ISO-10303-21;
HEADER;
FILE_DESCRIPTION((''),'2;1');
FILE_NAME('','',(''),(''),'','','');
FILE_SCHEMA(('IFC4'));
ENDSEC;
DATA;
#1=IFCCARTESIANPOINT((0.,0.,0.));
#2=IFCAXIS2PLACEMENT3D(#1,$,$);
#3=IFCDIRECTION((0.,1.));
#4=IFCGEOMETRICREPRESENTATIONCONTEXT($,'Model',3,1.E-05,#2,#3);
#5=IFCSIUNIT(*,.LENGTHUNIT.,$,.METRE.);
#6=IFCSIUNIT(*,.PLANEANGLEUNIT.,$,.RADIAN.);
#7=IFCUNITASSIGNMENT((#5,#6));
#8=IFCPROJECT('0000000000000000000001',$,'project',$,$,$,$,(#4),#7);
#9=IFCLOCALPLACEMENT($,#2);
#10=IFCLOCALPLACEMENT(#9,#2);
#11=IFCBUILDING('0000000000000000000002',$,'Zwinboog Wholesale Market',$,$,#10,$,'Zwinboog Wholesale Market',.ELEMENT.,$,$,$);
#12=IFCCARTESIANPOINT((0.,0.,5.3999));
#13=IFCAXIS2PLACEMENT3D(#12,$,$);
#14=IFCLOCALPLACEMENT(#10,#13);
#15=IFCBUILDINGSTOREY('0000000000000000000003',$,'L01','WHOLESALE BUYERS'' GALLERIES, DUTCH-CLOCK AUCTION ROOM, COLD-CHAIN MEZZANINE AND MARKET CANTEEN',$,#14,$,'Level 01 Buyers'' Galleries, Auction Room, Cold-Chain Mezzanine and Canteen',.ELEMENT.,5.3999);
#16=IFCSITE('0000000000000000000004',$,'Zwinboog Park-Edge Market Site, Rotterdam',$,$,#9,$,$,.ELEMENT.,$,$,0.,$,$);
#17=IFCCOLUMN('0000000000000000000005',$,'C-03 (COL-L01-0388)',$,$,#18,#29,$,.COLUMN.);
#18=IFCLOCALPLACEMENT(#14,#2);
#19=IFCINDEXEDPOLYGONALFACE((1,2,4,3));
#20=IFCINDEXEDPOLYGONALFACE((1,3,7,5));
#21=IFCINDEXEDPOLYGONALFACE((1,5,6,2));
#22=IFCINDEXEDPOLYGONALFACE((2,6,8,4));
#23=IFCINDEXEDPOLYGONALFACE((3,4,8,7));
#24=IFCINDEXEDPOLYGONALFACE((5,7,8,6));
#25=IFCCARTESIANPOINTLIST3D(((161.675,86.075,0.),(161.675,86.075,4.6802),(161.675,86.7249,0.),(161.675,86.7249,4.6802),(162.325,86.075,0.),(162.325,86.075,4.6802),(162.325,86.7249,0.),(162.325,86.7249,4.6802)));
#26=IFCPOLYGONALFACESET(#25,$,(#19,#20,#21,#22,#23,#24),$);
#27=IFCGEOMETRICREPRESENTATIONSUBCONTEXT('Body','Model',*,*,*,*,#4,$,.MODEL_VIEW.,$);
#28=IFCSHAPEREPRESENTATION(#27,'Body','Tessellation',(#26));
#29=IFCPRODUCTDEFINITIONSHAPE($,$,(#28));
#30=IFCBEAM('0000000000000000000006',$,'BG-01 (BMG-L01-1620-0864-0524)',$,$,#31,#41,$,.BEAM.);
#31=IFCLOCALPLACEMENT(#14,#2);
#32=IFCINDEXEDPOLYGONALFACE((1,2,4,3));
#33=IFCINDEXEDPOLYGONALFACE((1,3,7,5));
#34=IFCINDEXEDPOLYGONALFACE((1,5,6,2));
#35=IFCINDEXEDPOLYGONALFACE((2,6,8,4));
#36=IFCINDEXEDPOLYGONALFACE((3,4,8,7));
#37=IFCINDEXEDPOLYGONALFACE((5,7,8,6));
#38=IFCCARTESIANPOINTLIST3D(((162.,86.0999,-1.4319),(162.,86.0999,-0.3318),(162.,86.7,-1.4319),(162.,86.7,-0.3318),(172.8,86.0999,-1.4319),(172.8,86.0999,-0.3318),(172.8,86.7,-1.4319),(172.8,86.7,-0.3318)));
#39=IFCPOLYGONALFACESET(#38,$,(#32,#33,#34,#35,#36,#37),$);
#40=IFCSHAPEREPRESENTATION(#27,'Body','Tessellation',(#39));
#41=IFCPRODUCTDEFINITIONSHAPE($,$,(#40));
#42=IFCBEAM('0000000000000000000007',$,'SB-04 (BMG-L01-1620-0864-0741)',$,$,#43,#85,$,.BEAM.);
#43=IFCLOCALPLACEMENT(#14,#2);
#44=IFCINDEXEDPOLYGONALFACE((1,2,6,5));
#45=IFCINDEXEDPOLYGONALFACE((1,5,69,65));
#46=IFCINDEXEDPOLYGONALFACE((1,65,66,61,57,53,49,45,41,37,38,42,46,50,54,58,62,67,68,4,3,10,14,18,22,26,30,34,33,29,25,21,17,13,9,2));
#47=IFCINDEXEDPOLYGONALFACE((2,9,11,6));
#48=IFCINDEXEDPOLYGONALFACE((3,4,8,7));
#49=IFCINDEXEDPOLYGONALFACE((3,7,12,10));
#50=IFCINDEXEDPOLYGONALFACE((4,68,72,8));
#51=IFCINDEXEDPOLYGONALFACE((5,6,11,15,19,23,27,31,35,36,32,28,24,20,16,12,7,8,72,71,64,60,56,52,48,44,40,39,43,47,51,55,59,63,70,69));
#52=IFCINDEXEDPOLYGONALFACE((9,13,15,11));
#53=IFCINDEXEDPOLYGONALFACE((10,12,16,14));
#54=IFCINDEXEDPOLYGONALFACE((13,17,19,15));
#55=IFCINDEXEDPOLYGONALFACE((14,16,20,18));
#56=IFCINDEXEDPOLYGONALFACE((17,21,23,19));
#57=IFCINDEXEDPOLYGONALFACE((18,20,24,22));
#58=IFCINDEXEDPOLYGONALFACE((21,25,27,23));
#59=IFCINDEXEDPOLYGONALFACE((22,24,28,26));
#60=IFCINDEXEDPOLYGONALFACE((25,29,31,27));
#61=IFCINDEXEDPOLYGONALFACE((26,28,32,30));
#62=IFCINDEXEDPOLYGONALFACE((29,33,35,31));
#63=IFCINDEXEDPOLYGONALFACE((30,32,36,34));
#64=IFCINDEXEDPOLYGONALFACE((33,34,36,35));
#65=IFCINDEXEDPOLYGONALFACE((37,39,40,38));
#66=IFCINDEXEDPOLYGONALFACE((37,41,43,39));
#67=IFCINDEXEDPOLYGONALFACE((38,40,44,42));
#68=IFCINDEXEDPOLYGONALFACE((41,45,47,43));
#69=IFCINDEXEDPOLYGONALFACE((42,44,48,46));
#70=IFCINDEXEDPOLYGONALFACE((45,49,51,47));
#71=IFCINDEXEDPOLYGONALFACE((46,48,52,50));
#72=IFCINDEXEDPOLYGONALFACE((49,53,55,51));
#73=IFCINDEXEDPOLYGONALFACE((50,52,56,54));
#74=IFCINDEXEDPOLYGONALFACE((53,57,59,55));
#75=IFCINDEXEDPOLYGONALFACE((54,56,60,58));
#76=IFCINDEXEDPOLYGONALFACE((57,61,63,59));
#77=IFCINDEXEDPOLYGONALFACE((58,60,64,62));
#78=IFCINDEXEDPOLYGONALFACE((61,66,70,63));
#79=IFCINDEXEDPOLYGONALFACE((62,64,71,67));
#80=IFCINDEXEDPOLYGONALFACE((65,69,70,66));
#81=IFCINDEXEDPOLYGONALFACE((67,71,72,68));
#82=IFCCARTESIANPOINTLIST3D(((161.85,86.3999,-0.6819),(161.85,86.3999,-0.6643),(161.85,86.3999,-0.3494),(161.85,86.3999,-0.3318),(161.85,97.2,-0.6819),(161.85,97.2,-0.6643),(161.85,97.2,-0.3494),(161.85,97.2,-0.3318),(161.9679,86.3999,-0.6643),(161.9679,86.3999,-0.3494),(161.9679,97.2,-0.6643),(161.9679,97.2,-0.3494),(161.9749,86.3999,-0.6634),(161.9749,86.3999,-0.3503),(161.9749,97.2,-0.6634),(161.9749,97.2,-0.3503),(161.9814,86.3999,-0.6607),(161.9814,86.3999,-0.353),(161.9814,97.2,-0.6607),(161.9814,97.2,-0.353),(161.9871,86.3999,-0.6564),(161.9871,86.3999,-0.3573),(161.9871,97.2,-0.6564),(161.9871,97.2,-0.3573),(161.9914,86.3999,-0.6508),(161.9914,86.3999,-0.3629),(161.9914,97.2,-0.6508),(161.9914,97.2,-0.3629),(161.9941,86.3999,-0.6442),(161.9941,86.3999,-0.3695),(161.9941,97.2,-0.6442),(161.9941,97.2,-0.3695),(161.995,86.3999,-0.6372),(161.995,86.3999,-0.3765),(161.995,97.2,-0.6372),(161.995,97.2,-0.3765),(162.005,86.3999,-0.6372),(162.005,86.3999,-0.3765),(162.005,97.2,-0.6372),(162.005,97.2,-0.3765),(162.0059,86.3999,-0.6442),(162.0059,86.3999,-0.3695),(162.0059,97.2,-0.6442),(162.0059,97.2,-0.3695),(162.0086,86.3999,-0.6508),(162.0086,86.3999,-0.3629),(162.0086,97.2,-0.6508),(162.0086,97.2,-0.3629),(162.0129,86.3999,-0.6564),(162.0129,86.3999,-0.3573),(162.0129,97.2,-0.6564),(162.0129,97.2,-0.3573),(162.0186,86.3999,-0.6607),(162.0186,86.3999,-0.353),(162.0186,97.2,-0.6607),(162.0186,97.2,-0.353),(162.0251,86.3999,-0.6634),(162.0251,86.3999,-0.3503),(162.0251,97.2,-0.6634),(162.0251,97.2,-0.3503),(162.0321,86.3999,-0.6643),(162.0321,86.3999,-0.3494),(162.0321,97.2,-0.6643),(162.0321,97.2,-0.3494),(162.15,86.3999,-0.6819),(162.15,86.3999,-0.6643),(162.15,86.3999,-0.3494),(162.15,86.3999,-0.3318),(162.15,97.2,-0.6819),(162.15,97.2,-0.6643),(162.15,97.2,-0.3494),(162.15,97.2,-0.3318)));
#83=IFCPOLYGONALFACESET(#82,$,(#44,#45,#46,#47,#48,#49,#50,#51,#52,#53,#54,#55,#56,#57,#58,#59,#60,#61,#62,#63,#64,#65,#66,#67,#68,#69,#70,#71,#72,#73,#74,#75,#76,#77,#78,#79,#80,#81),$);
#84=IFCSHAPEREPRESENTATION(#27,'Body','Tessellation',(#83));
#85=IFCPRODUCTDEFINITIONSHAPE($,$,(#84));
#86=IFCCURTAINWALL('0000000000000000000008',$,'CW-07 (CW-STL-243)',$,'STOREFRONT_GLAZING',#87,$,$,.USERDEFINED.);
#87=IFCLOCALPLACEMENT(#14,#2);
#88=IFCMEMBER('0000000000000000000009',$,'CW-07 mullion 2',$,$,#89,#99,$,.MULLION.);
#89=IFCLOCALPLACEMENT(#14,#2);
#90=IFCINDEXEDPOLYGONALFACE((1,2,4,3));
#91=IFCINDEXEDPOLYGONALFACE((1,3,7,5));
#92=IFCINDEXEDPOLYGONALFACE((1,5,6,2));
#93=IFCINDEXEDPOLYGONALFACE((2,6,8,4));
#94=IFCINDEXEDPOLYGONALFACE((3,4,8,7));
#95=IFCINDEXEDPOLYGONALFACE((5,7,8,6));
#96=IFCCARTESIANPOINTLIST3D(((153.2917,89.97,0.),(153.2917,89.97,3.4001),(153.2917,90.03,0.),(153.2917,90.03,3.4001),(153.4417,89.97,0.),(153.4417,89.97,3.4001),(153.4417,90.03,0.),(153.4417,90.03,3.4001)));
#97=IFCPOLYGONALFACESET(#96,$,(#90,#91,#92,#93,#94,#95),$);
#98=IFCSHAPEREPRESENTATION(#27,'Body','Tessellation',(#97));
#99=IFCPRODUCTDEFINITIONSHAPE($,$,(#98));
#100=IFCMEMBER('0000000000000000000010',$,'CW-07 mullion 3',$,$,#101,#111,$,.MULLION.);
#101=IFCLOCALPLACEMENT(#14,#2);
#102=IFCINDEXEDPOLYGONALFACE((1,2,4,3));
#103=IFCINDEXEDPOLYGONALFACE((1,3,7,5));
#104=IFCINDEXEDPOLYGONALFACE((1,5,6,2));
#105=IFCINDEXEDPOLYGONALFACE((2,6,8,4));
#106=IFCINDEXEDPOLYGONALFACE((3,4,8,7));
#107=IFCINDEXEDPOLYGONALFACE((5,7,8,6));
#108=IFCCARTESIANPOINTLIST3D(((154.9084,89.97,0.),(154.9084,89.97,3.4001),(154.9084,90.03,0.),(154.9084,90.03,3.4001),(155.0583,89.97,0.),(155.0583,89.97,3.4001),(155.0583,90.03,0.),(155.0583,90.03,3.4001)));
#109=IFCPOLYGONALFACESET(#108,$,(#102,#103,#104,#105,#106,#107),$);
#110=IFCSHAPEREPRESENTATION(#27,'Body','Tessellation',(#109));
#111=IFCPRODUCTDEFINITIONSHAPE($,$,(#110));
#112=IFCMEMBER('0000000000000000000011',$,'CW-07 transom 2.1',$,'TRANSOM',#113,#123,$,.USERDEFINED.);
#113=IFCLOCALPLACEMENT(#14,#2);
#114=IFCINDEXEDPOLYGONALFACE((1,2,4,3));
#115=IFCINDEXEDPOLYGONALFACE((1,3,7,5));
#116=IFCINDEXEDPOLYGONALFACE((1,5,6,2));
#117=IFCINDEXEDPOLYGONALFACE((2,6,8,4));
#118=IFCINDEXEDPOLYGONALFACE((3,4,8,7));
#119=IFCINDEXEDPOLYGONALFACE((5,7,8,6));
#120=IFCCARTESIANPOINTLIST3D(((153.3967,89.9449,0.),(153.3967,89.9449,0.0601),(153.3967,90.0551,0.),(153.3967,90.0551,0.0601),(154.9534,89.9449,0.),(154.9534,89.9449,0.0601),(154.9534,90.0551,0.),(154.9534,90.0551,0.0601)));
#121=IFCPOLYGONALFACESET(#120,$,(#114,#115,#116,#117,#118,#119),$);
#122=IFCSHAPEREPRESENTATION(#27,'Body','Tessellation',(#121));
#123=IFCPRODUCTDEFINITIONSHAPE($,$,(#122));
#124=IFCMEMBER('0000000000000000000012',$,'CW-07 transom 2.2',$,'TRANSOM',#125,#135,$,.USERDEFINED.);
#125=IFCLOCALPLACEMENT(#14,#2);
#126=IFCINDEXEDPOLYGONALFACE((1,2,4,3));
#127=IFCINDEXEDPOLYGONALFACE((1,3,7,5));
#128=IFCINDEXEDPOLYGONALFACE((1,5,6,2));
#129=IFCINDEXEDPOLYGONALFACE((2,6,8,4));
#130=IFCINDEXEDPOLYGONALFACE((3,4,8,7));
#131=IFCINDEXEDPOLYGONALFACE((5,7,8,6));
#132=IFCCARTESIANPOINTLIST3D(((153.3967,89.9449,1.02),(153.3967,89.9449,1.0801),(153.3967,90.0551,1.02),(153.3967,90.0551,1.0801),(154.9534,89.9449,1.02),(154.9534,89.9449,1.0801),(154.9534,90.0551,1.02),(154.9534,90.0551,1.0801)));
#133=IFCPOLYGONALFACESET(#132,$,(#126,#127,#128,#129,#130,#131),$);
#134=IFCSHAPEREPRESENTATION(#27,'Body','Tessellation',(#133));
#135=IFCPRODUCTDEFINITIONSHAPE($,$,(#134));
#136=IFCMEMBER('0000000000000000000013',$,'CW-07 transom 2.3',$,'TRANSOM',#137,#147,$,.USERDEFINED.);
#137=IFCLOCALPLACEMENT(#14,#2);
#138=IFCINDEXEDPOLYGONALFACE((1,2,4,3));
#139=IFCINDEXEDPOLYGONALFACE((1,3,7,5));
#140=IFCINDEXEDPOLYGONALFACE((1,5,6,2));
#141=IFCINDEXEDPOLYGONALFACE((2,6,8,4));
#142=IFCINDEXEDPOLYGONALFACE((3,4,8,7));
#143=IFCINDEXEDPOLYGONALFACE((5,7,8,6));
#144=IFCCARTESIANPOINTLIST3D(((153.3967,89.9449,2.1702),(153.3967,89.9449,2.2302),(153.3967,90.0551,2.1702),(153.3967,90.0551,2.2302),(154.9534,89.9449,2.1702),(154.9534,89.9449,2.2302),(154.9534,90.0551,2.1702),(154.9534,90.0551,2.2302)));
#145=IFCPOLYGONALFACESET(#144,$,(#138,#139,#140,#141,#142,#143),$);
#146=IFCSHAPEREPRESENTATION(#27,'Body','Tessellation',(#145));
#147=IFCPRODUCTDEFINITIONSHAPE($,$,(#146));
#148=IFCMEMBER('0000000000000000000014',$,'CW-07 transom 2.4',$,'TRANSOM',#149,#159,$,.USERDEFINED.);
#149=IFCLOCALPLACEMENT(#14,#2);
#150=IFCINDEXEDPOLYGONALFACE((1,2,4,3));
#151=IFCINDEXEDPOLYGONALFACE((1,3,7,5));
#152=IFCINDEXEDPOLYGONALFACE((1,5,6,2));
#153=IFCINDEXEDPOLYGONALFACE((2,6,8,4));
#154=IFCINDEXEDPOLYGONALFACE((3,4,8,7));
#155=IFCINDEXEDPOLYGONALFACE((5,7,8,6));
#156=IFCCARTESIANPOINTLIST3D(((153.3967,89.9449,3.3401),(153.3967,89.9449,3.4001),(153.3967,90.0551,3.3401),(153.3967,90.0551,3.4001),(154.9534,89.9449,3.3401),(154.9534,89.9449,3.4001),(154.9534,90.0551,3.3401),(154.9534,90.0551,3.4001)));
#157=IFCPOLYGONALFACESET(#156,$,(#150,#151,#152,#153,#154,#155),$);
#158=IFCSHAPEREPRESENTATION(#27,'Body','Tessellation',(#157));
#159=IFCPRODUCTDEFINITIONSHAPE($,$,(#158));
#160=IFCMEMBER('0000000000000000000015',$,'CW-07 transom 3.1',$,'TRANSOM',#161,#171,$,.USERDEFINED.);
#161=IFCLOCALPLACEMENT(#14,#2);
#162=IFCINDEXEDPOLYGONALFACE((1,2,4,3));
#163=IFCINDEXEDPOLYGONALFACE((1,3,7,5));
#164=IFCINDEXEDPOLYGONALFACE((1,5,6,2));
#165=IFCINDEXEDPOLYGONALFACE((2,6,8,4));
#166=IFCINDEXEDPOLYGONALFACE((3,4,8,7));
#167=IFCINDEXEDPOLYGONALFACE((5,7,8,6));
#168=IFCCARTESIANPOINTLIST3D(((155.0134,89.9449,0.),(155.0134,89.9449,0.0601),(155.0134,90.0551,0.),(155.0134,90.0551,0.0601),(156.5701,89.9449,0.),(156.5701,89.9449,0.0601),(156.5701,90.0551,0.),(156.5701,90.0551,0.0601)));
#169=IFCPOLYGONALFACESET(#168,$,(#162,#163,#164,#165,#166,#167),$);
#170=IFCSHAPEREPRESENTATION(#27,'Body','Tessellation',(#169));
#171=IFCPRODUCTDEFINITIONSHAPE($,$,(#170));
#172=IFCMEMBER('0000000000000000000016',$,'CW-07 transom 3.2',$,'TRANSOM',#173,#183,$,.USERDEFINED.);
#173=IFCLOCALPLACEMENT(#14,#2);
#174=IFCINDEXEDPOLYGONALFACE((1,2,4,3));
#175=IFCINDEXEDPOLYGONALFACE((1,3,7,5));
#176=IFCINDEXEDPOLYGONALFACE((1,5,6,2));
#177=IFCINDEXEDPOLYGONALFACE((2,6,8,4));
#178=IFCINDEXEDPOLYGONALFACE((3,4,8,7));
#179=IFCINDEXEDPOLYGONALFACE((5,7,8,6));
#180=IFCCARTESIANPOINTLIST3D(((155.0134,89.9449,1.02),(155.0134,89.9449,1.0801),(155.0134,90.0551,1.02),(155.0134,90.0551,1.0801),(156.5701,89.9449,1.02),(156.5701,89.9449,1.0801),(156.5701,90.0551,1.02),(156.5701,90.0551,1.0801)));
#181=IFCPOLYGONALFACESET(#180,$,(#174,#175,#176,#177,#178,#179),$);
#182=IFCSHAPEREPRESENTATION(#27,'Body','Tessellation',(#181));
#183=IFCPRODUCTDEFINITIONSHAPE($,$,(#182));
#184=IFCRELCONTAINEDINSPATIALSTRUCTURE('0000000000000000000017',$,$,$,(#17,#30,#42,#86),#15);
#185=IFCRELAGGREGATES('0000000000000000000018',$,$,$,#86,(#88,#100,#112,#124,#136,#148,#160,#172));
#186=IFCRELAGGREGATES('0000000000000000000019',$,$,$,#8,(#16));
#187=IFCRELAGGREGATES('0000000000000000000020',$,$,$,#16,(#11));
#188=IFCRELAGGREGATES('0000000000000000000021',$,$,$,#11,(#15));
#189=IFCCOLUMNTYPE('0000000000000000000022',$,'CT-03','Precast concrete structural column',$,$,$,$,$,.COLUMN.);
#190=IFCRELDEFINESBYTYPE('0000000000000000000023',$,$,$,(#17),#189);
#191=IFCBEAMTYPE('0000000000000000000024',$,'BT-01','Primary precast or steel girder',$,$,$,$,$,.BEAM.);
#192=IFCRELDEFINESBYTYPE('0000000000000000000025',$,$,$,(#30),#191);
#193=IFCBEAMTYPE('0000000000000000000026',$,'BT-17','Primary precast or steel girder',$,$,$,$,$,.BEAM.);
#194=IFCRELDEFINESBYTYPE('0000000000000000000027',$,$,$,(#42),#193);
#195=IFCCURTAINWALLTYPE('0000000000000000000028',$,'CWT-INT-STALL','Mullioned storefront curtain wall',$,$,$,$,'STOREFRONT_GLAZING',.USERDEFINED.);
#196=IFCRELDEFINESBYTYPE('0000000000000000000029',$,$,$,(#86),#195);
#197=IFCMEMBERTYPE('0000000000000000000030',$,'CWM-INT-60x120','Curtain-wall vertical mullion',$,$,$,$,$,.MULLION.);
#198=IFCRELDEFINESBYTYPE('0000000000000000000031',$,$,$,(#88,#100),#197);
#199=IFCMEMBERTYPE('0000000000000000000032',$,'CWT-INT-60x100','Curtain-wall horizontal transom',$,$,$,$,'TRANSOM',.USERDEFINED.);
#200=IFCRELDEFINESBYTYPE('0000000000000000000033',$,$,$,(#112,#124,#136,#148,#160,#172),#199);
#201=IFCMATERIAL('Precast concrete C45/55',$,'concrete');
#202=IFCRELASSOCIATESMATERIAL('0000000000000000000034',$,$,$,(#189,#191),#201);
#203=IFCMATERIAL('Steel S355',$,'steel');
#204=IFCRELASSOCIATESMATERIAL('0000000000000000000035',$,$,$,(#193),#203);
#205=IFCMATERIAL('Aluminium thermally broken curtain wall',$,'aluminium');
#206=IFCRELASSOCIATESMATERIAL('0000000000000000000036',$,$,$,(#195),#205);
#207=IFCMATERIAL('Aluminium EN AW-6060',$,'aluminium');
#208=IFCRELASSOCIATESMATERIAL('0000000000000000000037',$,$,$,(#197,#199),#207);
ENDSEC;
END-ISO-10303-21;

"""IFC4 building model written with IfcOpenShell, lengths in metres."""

from ifc_helpers import new_model, si_unit, direction, frame, origin, origin_2d, place, context, subcontext, project, spatial, rectangle, i_section, extrude, material, material_profile, profile_set, type_object, element, aggregate, save


model = new_model("IFC4")

# Units and contexts
model_context = context("Model", 3, precision=1e-05, world=origin(), true_north=direction((0.0, 1.0)))
body_context = subcontext(model_context, "Body", "Model", "MODEL_VIEW")
ifc_project = project(units=[si_unit("LENGTHUNIT", "METRE"), si_unit("PLANEANGLEUNIT", "RADIAN")], contexts=[model_context])

# Site, building, storey
site_placement = place(None, origin())
site = spatial("IfcSite", under=ifc_project, at=site_placement, Name="Zwinboog Park-Edge Market Site, Rotterdam", CompositionType="ELEMENT", RefElevation=0.0)
building_placement = place(site_placement, origin())
building = spatial("IfcBuilding", under=site, at=building_placement, Name="Zwinboog Wholesale Market", LongName="Zwinboog Wholesale Market", CompositionType="ELEMENT")
storey_placement = place(building_placement, frame((0.0, 0.0, 5.3999)))
storey = spatial("IfcBuildingStorey", under=building, at=storey_placement, Name="L01", Description="WHOLESALE BUYERS' GALLERIES, DUTCH-CLOCK AUCTION ROOM, COLD-CHAIN MEZZANINE AND MARKET CANTEEN", LongName="Level 01 Buyers' Galleries, Auction Room, Cold-Chain Mezzanine and Canteen", CompositionType="ELEMENT", Elevation=5.3999)

# Column
ifc_material_1 = material(Name="Precast concrete C45/55", Category="concrete")
ifc_material_profile_1 = material_profile(ifc_material_1, rectangle(XDim=0.6499, YDim=0.6499, at=origin_2d()), Name="PC 650x650")
ifc_profile_set_1 = profile_set([ifc_material_profile_1], Name="Precast concrete C45/55")
column_type = type_object("IfcColumnType", Name="CT-03", Description="Precast concrete structural column", PredefinedType="COLUMN", material=ifc_profile_set_1)
column_placement = place(storey_placement, frame((162.0, 86.3999, 0.0), z_axis=(0.0, 0.0, 1.0), x_axis=(1.0, 0.0, 0.0)))
element("IfcColumn", 1, at=column_placement, inside=storey, type_object=column_type, Name="C-03 (COL-L01-0388)", PredefinedType="COLUMN", context=body_context, shape_type="SweptSolid", body=[
    extrude(rectangle(XDim=0.6499, YDim=0.6499, at=origin_2d()), origin(), (0.0, 0.0, 1.0), 4.6802),
])

# Beams
ifc_material_profile_2 = material_profile(ifc_material_1, rectangle(XDim=0.6001, YDim=1.1001, at=origin_2d()), Name="PC 600x1100")
ifc_profile_set_2 = profile_set([ifc_material_profile_2], Name="Precast concrete C45/55")
beam_type_1 = type_object("IfcBeamType", Name="BT-01", Description="Primary precast or steel girder", PredefinedType="BEAM", material=ifc_profile_set_2)
beam_1_placement = place(storey_placement, frame((162.0, 86.3999, -0.8818), z_axis=(1.0, 0.0, 0.0), x_axis=(0.0, 1.0, 0.0)))
element("IfcBeam", 2, at=beam_1_placement, inside=storey, type_object=beam_type_1, Name="BG-01 (BMG-L01-1620-0864-0524)", PredefinedType="BEAM", context=body_context, shape_type="SweptSolid", body=[
    extrude(rectangle(XDim=0.6001, YDim=1.1001, at=origin_2d()), origin(), (0.0, 0.0, 1.0), 10.8),
])
ifc_material_2 = material(Name="Steel S355", Category="steel")
ifc_material_profile_3 = material_profile(ifc_material_2, i_section(OverallWidth=0.3, OverallDepth=0.3501, WebThickness=0.01, FlangeThickness=0.0176, FilletRadius=0.0271, at=origin_2d()), Name="HEA 360")
ifc_profile_set_3 = profile_set([ifc_material_profile_3], Name="Steel S355")
beam_type_2 = type_object("IfcBeamType", Name="BT-17", Description="Primary precast or steel girder", PredefinedType="BEAM", material=ifc_profile_set_3)
beam_2_placement = place(storey_placement, frame((162.0, 86.3999, -0.5068), z_axis=(0.0, 1.0, 0.0), x_axis=(-1.0, 0.0, 0.0)))
element("IfcBeam", 3, at=beam_2_placement, inside=storey, type_object=beam_type_2, Name="SB-04 (BMG-L01-1620-0864-0741)", PredefinedType="BEAM", context=body_context, shape_type="SweptSolid", body=[
    extrude(i_section(OverallWidth=0.3, OverallDepth=0.3501, WebThickness=0.01, FlangeThickness=0.0176, FilletRadius=0.0271, at=origin_2d()), origin(), (0.0, 0.0, 1.0), 10.8),
])

# Curtain wall, members
ifc_material_3 = material(Name="Aluminium thermally broken curtain wall", Category="aluminium")
curtain_wall_type = type_object("IfcCurtainWallType", Name="CWT-INT-STALL", Description="Mullioned storefront curtain wall", ElementType="STOREFRONT_GLAZING", PredefinedType="USERDEFINED", material=ifc_material_3)
curtain_wall_placement = place(storey_placement, origin())
curtain_wall = element("IfcCurtainWall", 4, at=curtain_wall_placement, inside=storey, type_object=curtain_wall_type, Name="CW-07 (CW-STL-243)", ObjectType="STOREFRONT_GLAZING", PredefinedType="USERDEFINED")
ifc_material_4 = material(Name="Aluminium EN AW-6060", Category="aluminium")
ifc_material_profile_4 = material_profile(ifc_material_4, rectangle(XDim=0.0601, YDim=0.1499, at=origin_2d()), Name="AL 60x150")
ifc_profile_set_4 = profile_set([ifc_material_profile_4], Name="Aluminium EN AW-6060")
member_type_1 = type_object("IfcMemberType", Name="CWM-INT-60x120", Description="Curtain-wall vertical mullion", PredefinedType="MULLION", material=ifc_profile_set_4)
member_1_placement = place(storey_placement, frame((153.3667, 90.0, 0.0), z_axis=(0.0, 0.0, 1.0), x_axis=(0.0, 1.0, 0.0)))
member_1 = element("IfcMember", 5, at=member_1_placement, type_object=member_type_1, Name="CW-07 mullion 2", PredefinedType="MULLION", context=body_context, shape_type="SweptSolid", body=[
    extrude(rectangle(XDim=0.0601, YDim=0.1499, at=origin_2d()), origin(), (0.0, 0.0, 1.0), 3.4001),
])
member_2_placement = place(storey_placement, frame((154.9834, 90.0, 0.0), z_axis=(0.0, 0.0, 1.0), x_axis=(0.0, 1.0, 0.0)))
member_2 = element("IfcMember", 6, at=member_2_placement, type_object=member_type_1, Name="CW-07 mullion 3", PredefinedType="MULLION", context=body_context, shape_type="SweptSolid", body=[
    extrude(rectangle(XDim=0.0601, YDim=0.1499, at=origin_2d()), origin(), (0.0, 0.0, 1.0), 3.4001),
])
ifc_material_profile_5 = material_profile(ifc_material_4, rectangle(XDim=0.1101, YDim=0.0601, at=origin_2d()), Name="AL 60x110")
ifc_profile_set_5 = profile_set([ifc_material_profile_5], Name="Aluminium EN AW-6060")
member_type_2 = type_object("IfcMemberType", Name="CWT-INT-60x100", Description="Curtain-wall horizontal transom", ElementType="TRANSOM", PredefinedType="USERDEFINED", material=ifc_profile_set_5)
member_3_placement = place(storey_placement, frame((153.3967, 90.0, 0.03), z_axis=(1.0, 0.0, 0.0), x_axis=(0.0, 1.0, 0.0)))
member_3 = element("IfcMember", 7, at=member_3_placement, type_object=member_type_2, Name="CW-07 transom 2.1", ObjectType="TRANSOM", PredefinedType="USERDEFINED", context=body_context, shape_type="SweptSolid", body=[
    extrude(rectangle(XDim=0.1101, YDim=0.0601, at=origin_2d()), origin(), (0.0, 0.0, 1.0), 1.5566),
])
member_4_placement = place(storey_placement, frame((153.3967, 90.0, 1.05), z_axis=(1.0, 0.0, 0.0), x_axis=(0.0, 1.0, 0.0)))
member_4 = element("IfcMember", 8, at=member_4_placement, type_object=member_type_2, Name="CW-07 transom 2.2", ObjectType="TRANSOM", PredefinedType="USERDEFINED", context=body_context, shape_type="SweptSolid", body=[
    extrude(rectangle(XDim=0.1101, YDim=0.0601, at=origin_2d()), origin(), (0.0, 0.0, 1.0), 1.5566),
])
member_5_placement = place(storey_placement, frame((153.3967, 90.0, 2.2002), z_axis=(1.0, 0.0, 0.0), x_axis=(0.0, 1.0, 0.0)))
member_5 = element("IfcMember", 9, at=member_5_placement, type_object=member_type_2, Name="CW-07 transom 2.3", ObjectType="TRANSOM", PredefinedType="USERDEFINED", context=body_context, shape_type="SweptSolid", body=[
    extrude(rectangle(XDim=0.1101, YDim=0.0601, at=origin_2d()), origin(), (0.0, 0.0, 1.0), 1.5566),
])
member_6_placement = place(storey_placement, frame((153.3967, 90.0, 3.3701), z_axis=(1.0, 0.0, 0.0), x_axis=(0.0, 1.0, 0.0)))
member_6 = element("IfcMember", 10, at=member_6_placement, type_object=member_type_2, Name="CW-07 transom 2.4", ObjectType="TRANSOM", PredefinedType="USERDEFINED", context=body_context, shape_type="SweptSolid", body=[
    extrude(rectangle(XDim=0.1101, YDim=0.0601, at=origin_2d()), origin(), (0.0, 0.0, 1.0), 1.5566),
])
member_7_placement = place(storey_placement, frame((155.0134, 90.0, 0.03), z_axis=(1.0, 0.0, 0.0), x_axis=(0.0, 1.0, 0.0)))
member_7 = element("IfcMember", 11, at=member_7_placement, type_object=member_type_2, Name="CW-07 transom 3.1", ObjectType="TRANSOM", PredefinedType="USERDEFINED", context=body_context, shape_type="SweptSolid", body=[
    extrude(rectangle(XDim=0.1101, YDim=0.0601, at=origin_2d()), origin(), (0.0, 0.0, 1.0), 1.5566),
])
member_8_placement = place(storey_placement, frame((155.0134, 90.0, 1.05), z_axis=(1.0, 0.0, 0.0), x_axis=(0.0, 1.0, 0.0)))
member_8 = element("IfcMember", 12, at=member_8_placement, type_object=member_type_2, Name="CW-07 transom 3.2", ObjectType="TRANSOM", PredefinedType="USERDEFINED", context=body_context, shape_type="SweptSolid", body=[
    extrude(rectangle(XDim=0.1101, YDim=0.0601, at=origin_2d()), origin(), (0.0, 0.0, 1.0), 1.5566),
])
aggregate(curtain_wall, [member_1, member_2, member_3, member_4, member_5, member_6, member_7, member_8])

save(model, "model.ifc")
